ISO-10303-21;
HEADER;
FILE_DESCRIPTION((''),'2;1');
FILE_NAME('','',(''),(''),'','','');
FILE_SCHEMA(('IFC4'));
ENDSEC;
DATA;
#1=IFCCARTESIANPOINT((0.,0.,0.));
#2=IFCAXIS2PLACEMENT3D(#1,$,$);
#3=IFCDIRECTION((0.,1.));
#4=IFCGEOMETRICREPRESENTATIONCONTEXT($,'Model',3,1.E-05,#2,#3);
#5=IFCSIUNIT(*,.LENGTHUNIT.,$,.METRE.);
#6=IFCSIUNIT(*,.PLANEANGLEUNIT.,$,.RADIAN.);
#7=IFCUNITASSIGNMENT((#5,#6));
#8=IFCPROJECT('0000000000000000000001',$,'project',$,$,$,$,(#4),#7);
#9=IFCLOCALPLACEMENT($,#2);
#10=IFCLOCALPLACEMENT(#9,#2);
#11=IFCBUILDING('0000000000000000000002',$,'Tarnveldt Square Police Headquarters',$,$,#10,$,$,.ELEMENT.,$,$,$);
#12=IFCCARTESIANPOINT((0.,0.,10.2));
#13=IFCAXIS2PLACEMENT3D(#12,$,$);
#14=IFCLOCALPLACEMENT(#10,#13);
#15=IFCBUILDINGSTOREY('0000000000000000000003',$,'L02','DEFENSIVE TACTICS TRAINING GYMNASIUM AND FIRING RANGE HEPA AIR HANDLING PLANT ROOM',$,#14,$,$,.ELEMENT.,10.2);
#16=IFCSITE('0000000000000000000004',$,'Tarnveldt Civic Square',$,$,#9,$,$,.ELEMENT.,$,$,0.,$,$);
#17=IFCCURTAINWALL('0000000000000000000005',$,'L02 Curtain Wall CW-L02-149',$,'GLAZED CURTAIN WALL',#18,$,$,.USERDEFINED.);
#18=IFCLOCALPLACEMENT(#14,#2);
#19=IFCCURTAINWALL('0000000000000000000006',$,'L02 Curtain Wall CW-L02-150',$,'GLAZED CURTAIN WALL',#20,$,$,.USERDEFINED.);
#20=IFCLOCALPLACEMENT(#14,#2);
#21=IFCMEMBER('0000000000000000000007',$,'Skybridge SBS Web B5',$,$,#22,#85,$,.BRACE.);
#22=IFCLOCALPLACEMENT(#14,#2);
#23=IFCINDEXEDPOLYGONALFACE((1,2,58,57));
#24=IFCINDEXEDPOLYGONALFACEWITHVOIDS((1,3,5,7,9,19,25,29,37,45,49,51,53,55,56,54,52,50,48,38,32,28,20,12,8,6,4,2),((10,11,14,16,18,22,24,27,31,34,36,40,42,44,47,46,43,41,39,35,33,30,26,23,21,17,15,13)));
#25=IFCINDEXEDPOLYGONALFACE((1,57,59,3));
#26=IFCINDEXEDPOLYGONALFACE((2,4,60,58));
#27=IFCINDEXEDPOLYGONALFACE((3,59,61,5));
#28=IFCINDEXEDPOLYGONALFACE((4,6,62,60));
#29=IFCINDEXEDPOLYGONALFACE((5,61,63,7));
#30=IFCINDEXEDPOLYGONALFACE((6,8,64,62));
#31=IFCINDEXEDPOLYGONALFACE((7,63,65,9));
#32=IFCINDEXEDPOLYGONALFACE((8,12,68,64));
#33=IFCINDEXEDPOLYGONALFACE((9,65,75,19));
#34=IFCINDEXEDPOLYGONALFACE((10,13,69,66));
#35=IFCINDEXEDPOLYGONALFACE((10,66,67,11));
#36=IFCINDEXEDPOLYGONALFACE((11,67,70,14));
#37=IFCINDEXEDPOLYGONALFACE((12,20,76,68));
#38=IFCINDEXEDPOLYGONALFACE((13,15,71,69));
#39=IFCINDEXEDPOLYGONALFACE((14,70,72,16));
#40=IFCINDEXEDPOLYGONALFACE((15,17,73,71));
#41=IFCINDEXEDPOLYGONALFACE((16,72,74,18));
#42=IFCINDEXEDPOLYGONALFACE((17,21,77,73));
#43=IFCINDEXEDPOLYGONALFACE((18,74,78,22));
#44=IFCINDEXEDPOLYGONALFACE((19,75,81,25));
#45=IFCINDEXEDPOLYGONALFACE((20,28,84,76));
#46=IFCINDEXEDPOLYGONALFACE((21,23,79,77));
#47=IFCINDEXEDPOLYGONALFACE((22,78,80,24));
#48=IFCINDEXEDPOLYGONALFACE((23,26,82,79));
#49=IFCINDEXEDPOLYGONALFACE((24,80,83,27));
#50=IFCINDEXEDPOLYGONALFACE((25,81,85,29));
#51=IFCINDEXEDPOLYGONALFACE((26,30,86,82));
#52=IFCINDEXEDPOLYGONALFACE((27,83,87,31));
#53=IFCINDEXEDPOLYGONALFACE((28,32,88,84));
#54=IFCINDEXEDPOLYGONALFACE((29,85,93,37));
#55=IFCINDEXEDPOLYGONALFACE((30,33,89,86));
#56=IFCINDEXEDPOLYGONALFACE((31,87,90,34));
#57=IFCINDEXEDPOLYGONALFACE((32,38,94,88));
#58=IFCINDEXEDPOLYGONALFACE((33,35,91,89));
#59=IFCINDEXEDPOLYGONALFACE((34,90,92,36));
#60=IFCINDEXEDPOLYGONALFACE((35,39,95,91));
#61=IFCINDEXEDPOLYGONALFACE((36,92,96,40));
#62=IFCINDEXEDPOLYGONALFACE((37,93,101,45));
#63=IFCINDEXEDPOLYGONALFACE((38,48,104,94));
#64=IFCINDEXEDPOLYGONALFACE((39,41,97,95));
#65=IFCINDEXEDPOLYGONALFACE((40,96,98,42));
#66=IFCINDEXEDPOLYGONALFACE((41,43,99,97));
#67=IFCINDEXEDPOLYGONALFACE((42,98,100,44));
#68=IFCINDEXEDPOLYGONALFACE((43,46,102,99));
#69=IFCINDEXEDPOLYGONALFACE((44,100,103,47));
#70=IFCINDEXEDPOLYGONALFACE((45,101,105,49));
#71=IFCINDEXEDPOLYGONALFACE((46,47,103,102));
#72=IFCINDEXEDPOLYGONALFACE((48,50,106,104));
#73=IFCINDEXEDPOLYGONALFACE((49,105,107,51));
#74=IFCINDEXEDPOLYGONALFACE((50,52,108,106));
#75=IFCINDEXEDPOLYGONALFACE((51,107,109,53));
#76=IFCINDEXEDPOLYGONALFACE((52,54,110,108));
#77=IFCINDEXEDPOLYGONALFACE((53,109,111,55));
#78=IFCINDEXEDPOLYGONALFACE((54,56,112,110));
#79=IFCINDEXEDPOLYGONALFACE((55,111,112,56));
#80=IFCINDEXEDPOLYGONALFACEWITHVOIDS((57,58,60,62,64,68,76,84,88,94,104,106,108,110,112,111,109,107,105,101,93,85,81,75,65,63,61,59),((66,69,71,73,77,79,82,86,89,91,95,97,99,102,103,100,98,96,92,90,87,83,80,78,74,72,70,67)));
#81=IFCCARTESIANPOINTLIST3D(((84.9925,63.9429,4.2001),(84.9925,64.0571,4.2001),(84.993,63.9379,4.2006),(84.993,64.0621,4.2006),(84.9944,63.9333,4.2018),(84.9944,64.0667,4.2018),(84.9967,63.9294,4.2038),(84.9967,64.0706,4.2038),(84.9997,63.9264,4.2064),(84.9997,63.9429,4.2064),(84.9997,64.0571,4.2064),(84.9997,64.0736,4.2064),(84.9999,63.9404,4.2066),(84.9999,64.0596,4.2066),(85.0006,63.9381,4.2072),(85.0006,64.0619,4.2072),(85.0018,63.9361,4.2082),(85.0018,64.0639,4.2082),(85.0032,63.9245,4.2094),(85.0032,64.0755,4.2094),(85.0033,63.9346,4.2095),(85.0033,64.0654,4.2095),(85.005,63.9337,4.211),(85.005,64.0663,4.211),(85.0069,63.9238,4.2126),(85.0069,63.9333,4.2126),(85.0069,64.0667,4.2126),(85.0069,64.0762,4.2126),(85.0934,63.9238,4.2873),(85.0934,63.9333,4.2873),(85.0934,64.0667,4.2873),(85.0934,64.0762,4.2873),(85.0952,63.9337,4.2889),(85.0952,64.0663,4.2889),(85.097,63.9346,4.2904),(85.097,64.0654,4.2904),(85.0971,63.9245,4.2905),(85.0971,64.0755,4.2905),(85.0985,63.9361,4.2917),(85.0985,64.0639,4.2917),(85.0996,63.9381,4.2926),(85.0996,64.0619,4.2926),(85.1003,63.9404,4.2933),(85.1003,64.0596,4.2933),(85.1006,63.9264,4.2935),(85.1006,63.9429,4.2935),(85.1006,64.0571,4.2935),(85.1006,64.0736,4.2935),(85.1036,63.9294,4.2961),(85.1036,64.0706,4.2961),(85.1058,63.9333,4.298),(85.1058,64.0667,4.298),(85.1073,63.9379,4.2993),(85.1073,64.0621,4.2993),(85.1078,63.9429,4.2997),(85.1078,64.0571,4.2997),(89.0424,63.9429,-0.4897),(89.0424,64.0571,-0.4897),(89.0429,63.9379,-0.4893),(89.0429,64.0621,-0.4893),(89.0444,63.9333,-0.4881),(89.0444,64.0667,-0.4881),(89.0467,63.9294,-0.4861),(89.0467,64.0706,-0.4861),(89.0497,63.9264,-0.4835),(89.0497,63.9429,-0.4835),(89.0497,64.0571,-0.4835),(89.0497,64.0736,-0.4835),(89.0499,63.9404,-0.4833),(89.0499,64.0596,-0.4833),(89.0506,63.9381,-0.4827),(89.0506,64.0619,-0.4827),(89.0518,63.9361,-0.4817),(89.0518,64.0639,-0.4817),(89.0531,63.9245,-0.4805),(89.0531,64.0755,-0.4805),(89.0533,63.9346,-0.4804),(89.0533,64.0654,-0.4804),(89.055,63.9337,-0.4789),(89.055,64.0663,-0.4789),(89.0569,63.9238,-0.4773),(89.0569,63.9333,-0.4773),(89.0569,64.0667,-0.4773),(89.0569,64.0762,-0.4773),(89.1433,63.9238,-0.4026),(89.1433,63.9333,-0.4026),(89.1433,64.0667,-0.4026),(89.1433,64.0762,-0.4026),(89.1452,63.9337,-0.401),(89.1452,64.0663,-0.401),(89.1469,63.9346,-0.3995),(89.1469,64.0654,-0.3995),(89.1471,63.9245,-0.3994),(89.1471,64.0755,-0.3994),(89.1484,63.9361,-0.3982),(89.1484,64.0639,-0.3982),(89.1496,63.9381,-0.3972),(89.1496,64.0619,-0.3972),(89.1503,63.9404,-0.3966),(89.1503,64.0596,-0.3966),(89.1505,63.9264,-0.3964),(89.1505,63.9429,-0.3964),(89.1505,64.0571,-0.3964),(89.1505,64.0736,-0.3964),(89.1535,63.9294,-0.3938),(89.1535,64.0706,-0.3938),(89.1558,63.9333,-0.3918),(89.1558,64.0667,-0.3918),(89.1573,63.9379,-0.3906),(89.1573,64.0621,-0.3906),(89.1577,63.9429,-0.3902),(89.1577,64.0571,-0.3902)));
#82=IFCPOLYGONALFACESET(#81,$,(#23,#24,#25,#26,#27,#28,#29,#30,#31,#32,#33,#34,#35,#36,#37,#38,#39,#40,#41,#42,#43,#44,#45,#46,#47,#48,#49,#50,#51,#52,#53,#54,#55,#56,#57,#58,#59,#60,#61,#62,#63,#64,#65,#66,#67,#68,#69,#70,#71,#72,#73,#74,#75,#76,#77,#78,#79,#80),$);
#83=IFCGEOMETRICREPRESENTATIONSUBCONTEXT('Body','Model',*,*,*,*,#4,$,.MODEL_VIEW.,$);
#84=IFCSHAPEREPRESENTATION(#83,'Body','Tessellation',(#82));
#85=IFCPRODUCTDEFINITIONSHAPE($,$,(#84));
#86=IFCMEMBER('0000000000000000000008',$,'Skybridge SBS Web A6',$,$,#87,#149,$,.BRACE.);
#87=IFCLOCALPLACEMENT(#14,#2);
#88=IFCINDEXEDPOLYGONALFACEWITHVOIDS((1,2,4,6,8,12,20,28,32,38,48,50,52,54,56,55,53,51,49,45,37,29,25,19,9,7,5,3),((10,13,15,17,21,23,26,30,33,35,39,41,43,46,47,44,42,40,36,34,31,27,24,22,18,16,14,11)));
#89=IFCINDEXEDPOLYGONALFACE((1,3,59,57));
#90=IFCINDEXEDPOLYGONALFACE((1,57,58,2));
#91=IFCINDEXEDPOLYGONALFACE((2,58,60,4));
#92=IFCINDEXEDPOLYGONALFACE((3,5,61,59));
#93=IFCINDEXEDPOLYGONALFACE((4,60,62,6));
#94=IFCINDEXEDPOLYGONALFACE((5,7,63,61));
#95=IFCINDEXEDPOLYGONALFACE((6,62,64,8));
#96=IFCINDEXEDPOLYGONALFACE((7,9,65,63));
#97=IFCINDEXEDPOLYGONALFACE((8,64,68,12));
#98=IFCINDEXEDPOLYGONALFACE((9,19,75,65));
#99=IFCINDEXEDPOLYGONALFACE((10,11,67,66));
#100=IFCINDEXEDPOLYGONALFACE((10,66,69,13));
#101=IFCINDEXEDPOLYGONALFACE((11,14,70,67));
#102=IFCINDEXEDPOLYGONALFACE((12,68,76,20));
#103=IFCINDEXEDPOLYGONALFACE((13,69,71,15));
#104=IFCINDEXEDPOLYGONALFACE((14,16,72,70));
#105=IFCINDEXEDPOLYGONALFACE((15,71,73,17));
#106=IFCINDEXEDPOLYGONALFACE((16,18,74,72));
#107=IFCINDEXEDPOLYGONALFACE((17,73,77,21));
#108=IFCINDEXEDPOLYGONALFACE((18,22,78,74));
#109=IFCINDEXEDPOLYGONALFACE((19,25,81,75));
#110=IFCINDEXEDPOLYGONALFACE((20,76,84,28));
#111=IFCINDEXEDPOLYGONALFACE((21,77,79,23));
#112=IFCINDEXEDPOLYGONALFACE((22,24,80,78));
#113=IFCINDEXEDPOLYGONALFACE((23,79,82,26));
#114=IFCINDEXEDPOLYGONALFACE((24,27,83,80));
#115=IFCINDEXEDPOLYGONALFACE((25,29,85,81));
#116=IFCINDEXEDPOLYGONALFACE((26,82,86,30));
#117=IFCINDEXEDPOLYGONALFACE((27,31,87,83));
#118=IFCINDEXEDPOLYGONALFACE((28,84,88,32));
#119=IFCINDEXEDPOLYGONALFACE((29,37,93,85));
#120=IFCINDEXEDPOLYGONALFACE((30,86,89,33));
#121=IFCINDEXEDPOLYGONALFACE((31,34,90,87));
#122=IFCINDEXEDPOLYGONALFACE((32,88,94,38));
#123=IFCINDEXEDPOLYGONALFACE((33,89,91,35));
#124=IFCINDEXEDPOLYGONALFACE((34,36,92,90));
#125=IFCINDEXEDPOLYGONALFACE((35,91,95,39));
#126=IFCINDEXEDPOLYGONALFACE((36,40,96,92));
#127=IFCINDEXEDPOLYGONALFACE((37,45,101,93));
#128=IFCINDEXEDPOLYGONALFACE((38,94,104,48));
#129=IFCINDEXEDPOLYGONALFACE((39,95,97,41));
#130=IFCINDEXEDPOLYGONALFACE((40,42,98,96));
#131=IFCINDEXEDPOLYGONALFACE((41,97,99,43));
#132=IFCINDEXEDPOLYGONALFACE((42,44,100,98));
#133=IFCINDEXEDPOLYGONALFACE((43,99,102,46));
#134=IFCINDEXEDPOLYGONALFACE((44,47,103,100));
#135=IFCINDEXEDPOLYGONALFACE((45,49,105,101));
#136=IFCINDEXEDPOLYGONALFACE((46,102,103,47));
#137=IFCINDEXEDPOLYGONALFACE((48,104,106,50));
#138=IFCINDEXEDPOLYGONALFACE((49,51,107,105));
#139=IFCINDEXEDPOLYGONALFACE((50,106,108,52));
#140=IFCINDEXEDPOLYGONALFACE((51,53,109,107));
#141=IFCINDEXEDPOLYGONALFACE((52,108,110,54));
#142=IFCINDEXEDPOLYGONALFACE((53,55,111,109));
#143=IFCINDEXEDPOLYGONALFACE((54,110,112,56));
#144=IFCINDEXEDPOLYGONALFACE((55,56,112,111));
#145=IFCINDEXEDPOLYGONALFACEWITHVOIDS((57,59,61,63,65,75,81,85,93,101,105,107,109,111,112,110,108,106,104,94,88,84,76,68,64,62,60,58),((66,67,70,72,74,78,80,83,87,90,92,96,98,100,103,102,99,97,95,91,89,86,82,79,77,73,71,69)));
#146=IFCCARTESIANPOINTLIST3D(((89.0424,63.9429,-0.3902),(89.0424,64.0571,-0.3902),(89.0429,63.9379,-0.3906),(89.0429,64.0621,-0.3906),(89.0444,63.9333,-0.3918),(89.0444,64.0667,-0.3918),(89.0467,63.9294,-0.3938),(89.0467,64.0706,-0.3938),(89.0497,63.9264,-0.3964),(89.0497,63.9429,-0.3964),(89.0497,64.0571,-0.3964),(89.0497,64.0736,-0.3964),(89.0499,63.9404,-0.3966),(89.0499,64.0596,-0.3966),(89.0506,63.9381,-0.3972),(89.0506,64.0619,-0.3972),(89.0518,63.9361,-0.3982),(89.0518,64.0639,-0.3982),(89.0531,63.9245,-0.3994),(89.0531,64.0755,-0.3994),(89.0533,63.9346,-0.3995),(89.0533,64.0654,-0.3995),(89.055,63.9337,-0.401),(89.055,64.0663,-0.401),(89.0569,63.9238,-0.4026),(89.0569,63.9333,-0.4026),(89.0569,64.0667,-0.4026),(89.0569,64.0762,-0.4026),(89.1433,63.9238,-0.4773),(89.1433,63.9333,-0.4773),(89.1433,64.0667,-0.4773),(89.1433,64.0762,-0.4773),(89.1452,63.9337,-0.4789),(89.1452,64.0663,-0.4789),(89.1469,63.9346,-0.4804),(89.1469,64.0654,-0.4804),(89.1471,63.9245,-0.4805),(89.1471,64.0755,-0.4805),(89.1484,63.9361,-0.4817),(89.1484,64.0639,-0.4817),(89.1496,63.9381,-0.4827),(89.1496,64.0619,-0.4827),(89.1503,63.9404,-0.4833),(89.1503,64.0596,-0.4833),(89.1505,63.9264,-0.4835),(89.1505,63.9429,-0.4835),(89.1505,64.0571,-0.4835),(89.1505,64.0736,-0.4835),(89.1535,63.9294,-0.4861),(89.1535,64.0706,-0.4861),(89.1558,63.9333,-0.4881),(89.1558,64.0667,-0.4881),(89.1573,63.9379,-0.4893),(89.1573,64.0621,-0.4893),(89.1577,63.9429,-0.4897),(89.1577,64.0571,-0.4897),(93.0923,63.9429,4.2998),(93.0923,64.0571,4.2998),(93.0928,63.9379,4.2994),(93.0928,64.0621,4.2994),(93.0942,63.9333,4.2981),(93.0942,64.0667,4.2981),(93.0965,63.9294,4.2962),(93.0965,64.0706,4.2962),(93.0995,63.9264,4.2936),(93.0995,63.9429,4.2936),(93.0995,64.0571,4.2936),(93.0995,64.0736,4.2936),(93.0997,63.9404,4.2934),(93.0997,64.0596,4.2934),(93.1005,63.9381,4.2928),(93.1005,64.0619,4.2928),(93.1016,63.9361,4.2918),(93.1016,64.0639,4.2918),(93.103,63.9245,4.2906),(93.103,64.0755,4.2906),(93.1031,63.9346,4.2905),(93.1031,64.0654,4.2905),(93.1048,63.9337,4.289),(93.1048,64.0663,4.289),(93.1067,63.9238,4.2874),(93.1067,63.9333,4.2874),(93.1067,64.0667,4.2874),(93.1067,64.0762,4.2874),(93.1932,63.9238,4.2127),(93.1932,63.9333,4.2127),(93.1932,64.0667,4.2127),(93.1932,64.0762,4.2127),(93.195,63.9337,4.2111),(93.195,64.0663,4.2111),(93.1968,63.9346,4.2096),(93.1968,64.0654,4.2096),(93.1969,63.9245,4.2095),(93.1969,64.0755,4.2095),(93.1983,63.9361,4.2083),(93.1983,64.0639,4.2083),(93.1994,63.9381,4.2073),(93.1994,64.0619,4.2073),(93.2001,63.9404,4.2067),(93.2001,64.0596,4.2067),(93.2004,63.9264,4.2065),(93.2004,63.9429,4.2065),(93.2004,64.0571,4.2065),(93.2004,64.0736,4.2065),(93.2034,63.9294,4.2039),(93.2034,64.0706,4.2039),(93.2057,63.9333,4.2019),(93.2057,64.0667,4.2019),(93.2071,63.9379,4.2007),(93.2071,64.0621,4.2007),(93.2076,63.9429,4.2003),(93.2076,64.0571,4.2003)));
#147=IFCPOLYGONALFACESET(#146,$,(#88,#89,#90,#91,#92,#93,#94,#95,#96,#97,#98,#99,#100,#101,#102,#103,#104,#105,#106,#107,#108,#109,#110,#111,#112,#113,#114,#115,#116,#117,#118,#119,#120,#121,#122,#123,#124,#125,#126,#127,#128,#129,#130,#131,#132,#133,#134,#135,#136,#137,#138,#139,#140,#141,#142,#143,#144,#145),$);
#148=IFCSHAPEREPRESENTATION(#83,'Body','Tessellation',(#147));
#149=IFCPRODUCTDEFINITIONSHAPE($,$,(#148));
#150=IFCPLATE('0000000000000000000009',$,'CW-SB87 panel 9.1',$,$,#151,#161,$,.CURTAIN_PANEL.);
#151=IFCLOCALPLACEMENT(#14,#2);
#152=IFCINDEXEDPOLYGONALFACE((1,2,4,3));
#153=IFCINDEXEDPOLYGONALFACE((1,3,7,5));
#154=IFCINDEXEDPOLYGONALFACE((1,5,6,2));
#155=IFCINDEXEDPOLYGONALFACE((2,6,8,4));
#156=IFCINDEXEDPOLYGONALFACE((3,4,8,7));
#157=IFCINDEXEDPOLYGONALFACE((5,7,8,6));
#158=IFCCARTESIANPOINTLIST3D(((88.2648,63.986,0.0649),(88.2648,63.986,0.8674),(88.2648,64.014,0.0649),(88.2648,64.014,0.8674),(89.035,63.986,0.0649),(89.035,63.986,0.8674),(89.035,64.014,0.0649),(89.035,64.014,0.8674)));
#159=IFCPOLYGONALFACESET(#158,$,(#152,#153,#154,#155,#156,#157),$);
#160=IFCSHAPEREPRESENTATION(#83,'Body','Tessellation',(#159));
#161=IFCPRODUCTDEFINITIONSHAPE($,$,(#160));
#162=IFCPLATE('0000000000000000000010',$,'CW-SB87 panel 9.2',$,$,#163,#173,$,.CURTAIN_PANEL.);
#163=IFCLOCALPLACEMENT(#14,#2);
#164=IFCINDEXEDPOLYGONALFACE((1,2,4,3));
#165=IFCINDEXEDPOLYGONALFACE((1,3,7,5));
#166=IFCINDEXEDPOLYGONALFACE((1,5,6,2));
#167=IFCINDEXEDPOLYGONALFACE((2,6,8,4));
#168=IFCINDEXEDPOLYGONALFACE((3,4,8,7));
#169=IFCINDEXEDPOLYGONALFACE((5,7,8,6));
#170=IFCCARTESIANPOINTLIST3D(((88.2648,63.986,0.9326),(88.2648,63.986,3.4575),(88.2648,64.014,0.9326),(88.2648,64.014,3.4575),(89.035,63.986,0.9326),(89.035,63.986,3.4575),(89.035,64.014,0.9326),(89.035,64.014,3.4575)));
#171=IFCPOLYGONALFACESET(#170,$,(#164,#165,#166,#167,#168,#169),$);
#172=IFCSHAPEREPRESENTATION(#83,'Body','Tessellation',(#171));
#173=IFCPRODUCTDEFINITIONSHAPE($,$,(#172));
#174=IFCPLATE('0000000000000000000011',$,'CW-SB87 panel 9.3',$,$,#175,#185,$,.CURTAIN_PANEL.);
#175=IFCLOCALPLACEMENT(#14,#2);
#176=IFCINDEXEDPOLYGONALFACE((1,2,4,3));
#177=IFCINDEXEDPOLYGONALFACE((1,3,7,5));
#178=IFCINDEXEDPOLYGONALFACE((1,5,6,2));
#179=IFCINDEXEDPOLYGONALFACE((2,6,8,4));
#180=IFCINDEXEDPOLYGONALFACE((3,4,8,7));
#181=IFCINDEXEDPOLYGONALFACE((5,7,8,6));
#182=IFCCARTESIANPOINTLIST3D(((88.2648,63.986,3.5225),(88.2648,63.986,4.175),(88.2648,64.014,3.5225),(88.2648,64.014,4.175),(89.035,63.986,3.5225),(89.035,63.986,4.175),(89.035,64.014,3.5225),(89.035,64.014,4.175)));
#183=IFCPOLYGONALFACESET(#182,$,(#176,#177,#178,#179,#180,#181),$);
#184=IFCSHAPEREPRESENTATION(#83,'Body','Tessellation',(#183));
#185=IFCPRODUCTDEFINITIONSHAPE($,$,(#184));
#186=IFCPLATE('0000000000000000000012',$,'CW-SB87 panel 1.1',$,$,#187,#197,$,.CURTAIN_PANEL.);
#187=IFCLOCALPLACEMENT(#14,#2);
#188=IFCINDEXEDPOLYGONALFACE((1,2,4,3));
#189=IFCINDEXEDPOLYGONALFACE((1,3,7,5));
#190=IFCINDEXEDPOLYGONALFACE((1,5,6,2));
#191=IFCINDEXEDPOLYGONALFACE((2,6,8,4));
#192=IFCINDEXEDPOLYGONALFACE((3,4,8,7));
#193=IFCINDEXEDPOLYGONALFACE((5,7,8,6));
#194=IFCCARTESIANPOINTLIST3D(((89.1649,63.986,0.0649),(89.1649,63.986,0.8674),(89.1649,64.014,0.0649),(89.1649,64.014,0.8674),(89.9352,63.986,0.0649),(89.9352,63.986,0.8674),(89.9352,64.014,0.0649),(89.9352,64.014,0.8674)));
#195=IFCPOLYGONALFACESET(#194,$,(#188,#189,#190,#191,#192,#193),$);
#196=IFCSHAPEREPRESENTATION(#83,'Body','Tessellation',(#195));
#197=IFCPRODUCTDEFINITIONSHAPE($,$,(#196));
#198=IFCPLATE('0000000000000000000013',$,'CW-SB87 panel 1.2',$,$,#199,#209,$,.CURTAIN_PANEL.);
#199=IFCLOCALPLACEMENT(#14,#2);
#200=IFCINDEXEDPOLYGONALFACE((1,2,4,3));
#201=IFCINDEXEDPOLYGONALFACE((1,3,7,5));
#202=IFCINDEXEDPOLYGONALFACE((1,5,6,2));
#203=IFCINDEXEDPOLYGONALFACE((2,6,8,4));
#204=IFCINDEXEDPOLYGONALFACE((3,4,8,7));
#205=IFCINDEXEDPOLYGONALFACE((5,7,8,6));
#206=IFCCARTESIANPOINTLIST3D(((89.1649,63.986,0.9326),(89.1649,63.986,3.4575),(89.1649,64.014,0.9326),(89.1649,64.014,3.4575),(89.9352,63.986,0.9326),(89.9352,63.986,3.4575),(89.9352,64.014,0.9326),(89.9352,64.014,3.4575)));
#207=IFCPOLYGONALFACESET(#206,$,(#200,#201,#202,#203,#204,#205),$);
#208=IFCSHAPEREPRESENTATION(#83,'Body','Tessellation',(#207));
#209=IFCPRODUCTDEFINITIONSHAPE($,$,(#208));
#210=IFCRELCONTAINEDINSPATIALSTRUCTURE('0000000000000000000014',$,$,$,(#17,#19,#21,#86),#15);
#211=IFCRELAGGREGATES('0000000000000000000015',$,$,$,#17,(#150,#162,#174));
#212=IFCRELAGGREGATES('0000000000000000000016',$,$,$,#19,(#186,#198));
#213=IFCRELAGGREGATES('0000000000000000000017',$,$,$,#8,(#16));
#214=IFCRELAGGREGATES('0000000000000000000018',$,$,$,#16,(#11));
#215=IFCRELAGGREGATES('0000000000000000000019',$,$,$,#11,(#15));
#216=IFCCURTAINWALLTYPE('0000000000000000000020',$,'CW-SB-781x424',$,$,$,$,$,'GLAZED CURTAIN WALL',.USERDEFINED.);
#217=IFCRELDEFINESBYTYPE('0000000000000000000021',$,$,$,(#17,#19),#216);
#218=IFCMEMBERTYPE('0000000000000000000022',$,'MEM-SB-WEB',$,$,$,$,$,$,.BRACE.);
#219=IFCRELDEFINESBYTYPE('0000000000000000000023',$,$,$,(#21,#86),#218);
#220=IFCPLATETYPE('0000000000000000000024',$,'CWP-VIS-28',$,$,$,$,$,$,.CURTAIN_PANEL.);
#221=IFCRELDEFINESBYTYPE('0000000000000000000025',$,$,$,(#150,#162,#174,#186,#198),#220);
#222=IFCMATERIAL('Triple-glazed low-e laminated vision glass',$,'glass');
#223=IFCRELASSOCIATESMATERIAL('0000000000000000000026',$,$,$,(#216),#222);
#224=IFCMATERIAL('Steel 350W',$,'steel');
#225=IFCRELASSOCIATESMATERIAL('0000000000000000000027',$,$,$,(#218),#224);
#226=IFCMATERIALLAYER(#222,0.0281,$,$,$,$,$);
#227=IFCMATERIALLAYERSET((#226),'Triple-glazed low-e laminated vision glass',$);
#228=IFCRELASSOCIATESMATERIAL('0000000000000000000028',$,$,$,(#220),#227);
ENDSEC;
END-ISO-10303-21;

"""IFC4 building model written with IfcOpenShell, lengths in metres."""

from ifc_helpers import new_model, si_unit, direction, frame, origin, origin_2d, place, context, subcontext, project, spatial, rectangle, hollow_rectangle, extrude, material, layer, layer_set, material_profile, profile_set, type_object, element, aggregate, save


model = new_model("IFC4")

# Units and contexts
model_context = context("Model", 3, precision=1e-05, world=origin(), true_north=direction((0.0, 1.0)))
body_context = subcontext(model_context, "Body", "Model", "MODEL_VIEW")
ifc_project = project(units=[si_unit("LENGTHUNIT", "METRE"), si_unit("PLANEANGLEUNIT", "RADIAN")], contexts=[model_context])

# Site, building, storey
site_placement = place(None, origin())
site = spatial("IfcSite", under=ifc_project, at=site_placement, Name="Tarnveldt Civic Square", CompositionType="ELEMENT", RefElevation=0.0)
building_placement = place(site_placement, origin())
building = spatial("IfcBuilding", under=site, at=building_placement, Name="Tarnveldt Square Police Headquarters", CompositionType="ELEMENT")
storey_placement = place(building_placement, frame((0.0, 0.0, 10.2)))
storey = spatial("IfcBuildingStorey", under=building, at=storey_placement, Name="L02", Description="DEFENSIVE TACTICS TRAINING GYMNASIUM AND FIRING RANGE HEPA AIR HANDLING PLANT ROOM", CompositionType="ELEMENT", Elevation=10.2)

# Shared definitions
ifc_material_1 = material(Name="Steel 350W", Category="steel")

# Curtain walls
ifc_material_2 = material(Name="Triple-glazed low-e laminated vision glass", Category="glass")
curtain_wall_type = type_object("IfcCurtainWallType", Name="CW-SB-781x424", ElementType="GLAZED CURTAIN WALL", PredefinedType="USERDEFINED", material=ifc_material_2)
curtain_wall_1_placement = place(storey_placement, origin())
curtain_wall_1 = element("IfcCurtainWall", 1, at=curtain_wall_1_placement, inside=storey, type_object=curtain_wall_type, Name="L02 Curtain Wall CW-L02-149", ObjectType="GLAZED CURTAIN WALL", PredefinedType="USERDEFINED")
curtain_wall_2_placement = place(storey_placement, origin())
curtain_wall_2 = element("IfcCurtainWall", 2, at=curtain_wall_2_placement, inside=storey, type_object=curtain_wall_type, Name="L02 Curtain Wall CW-L02-150", ObjectType="GLAZED CURTAIN WALL", PredefinedType="USERDEFINED")

# Members
ifc_material_profile_1 = material_profile(ifc_material_1, hollow_rectangle(XDim=0.1523, YDim=0.1523, WallThickness=0.0095, InnerFilletRadius=0.0095, OuterFilletRadius=0.019, at=origin_2d()), Name="HSS152x152x9.5")
ifc_profile_set_1 = profile_set([ifc_material_profile_1], Name="Steel 350W")
member_type_1 = type_object("IfcMemberType", Name="MEM-SB-WEB", PredefinedType="BRACE", material=ifc_profile_set_1)
for number, where, z_axis, x_axis, name in (
    (3, (89.1001, 64.0, -0.4399), (-0.653587, 0.0, 0.756851), (0.0, -1.0, 0.0), "Skybridge SBS Web B5"),
    (4, (89.1001, 64.0, -0.4399), (0.653564, 0.0, 0.756871), (0.0, 1.0, 0.0), "Skybridge SBS Web A6"),
):
    element("IfcMember", number, at=place(storey_placement, frame(where, z_axis=z_axis, x_axis=x_axis)), inside=storey, type_object=member_type_1, Name=name, PredefinedType="BRACE", context=body_context, shape_type="SweptSolid", body=[
        extrude(hollow_rectangle(XDim=0.1523, YDim=0.1523, WallThickness=0.0095, InnerFilletRadius=0.0095, OuterFilletRadius=0.019, at=origin_2d()), origin(), (0.0, 0.0, 1.0), 6.1965),
    ])

# Plates
ifc_layer = layer(ifc_material_2, 0.0281)
ifc_layer_set = layer_set([ifc_layer], Name="Triple-glazed low-e laminated vision glass")
plate_type = type_object("IfcPlateType", Name="CWP-VIS-28", PredefinedType="CURTAIN_PANEL", material=ifc_layer_set)
plate_1_placement = place(storey_placement, frame((88.6499, 64.0, 0.0649), z_axis=(0.0, 0.0, 1.0), x_axis=(1.0, 0.0, 0.0)))
plate_1 = element("IfcPlate", 5, at=plate_1_placement, type_object=plate_type, Name="CW-SB87 panel 9.1", PredefinedType="CURTAIN_PANEL", context=body_context, shape_type="SweptSolid", body=[
    extrude(rectangle(XDim=0.7703, YDim=0.0281, at=origin_2d()), origin(), (0.0, 0.0, 1.0), 0.8025),
])
plate_2_placement = place(storey_placement, frame((88.6499, 64.0, 0.9326), z_axis=(0.0, 0.0, 1.0), x_axis=(1.0, 0.0, 0.0)))
plate_2 = element("IfcPlate", 6, at=plate_2_placement, type_object=plate_type, Name="CW-SB87 panel 9.2", PredefinedType="CURTAIN_PANEL", context=body_context, shape_type="SweptSolid", body=[
    extrude(rectangle(XDim=0.7703, YDim=0.0281, at=origin_2d()), origin(), (0.0, 0.0, 1.0), 2.5249),
])
plate_3_placement = place(storey_placement, frame((88.6499, 64.0, 3.5225), z_axis=(0.0, 0.0, 1.0), x_axis=(1.0, 0.0, 0.0)))
plate_3 = element("IfcPlate", 7, at=plate_3_placement, type_object=plate_type, Name="CW-SB87 panel 9.3", PredefinedType="CURTAIN_PANEL", context=body_context, shape_type="SweptSolid", body=[
    extrude(rectangle(XDim=0.7703, YDim=0.0281, at=origin_2d()), origin(), (0.0, 0.0, 1.0), 0.6526),
])
aggregate(curtain_wall_1, [plate_1, plate_2, plate_3])
plate_4_placement = place(storey_placement, frame((89.55, 64.0, 0.0649), z_axis=(0.0, 0.0, 1.0), x_axis=(1.0, 0.0, 0.0)))
plate_4 = element("IfcPlate", 8, at=plate_4_placement, type_object=plate_type, Name="CW-SB87 panel 1.1", PredefinedType="CURTAIN_PANEL", context=body_context, shape_type="SweptSolid", body=[
    extrude(rectangle(XDim=0.7703, YDim=0.0281, at=origin_2d()), origin(), (0.0, 0.0, 1.0), 0.8025),
])
plate_5_placement = place(storey_placement, frame((89.55, 64.0, 0.9326), z_axis=(0.0, 0.0, 1.0), x_axis=(1.0, 0.0, 0.0)))
plate_5 = element("IfcPlate", 9, at=plate_5_placement, type_object=plate_type, Name="CW-SB87 panel 1.2", PredefinedType="CURTAIN_PANEL", context=body_context, shape_type="SweptSolid", body=[
    extrude(rectangle(XDim=0.7703, YDim=0.0281, at=origin_2d()), origin(), (0.0, 0.0, 1.0), 2.5249),
])
aggregate(curtain_wall_2, [plate_4, plate_5])

save(model, "model.ifc")
